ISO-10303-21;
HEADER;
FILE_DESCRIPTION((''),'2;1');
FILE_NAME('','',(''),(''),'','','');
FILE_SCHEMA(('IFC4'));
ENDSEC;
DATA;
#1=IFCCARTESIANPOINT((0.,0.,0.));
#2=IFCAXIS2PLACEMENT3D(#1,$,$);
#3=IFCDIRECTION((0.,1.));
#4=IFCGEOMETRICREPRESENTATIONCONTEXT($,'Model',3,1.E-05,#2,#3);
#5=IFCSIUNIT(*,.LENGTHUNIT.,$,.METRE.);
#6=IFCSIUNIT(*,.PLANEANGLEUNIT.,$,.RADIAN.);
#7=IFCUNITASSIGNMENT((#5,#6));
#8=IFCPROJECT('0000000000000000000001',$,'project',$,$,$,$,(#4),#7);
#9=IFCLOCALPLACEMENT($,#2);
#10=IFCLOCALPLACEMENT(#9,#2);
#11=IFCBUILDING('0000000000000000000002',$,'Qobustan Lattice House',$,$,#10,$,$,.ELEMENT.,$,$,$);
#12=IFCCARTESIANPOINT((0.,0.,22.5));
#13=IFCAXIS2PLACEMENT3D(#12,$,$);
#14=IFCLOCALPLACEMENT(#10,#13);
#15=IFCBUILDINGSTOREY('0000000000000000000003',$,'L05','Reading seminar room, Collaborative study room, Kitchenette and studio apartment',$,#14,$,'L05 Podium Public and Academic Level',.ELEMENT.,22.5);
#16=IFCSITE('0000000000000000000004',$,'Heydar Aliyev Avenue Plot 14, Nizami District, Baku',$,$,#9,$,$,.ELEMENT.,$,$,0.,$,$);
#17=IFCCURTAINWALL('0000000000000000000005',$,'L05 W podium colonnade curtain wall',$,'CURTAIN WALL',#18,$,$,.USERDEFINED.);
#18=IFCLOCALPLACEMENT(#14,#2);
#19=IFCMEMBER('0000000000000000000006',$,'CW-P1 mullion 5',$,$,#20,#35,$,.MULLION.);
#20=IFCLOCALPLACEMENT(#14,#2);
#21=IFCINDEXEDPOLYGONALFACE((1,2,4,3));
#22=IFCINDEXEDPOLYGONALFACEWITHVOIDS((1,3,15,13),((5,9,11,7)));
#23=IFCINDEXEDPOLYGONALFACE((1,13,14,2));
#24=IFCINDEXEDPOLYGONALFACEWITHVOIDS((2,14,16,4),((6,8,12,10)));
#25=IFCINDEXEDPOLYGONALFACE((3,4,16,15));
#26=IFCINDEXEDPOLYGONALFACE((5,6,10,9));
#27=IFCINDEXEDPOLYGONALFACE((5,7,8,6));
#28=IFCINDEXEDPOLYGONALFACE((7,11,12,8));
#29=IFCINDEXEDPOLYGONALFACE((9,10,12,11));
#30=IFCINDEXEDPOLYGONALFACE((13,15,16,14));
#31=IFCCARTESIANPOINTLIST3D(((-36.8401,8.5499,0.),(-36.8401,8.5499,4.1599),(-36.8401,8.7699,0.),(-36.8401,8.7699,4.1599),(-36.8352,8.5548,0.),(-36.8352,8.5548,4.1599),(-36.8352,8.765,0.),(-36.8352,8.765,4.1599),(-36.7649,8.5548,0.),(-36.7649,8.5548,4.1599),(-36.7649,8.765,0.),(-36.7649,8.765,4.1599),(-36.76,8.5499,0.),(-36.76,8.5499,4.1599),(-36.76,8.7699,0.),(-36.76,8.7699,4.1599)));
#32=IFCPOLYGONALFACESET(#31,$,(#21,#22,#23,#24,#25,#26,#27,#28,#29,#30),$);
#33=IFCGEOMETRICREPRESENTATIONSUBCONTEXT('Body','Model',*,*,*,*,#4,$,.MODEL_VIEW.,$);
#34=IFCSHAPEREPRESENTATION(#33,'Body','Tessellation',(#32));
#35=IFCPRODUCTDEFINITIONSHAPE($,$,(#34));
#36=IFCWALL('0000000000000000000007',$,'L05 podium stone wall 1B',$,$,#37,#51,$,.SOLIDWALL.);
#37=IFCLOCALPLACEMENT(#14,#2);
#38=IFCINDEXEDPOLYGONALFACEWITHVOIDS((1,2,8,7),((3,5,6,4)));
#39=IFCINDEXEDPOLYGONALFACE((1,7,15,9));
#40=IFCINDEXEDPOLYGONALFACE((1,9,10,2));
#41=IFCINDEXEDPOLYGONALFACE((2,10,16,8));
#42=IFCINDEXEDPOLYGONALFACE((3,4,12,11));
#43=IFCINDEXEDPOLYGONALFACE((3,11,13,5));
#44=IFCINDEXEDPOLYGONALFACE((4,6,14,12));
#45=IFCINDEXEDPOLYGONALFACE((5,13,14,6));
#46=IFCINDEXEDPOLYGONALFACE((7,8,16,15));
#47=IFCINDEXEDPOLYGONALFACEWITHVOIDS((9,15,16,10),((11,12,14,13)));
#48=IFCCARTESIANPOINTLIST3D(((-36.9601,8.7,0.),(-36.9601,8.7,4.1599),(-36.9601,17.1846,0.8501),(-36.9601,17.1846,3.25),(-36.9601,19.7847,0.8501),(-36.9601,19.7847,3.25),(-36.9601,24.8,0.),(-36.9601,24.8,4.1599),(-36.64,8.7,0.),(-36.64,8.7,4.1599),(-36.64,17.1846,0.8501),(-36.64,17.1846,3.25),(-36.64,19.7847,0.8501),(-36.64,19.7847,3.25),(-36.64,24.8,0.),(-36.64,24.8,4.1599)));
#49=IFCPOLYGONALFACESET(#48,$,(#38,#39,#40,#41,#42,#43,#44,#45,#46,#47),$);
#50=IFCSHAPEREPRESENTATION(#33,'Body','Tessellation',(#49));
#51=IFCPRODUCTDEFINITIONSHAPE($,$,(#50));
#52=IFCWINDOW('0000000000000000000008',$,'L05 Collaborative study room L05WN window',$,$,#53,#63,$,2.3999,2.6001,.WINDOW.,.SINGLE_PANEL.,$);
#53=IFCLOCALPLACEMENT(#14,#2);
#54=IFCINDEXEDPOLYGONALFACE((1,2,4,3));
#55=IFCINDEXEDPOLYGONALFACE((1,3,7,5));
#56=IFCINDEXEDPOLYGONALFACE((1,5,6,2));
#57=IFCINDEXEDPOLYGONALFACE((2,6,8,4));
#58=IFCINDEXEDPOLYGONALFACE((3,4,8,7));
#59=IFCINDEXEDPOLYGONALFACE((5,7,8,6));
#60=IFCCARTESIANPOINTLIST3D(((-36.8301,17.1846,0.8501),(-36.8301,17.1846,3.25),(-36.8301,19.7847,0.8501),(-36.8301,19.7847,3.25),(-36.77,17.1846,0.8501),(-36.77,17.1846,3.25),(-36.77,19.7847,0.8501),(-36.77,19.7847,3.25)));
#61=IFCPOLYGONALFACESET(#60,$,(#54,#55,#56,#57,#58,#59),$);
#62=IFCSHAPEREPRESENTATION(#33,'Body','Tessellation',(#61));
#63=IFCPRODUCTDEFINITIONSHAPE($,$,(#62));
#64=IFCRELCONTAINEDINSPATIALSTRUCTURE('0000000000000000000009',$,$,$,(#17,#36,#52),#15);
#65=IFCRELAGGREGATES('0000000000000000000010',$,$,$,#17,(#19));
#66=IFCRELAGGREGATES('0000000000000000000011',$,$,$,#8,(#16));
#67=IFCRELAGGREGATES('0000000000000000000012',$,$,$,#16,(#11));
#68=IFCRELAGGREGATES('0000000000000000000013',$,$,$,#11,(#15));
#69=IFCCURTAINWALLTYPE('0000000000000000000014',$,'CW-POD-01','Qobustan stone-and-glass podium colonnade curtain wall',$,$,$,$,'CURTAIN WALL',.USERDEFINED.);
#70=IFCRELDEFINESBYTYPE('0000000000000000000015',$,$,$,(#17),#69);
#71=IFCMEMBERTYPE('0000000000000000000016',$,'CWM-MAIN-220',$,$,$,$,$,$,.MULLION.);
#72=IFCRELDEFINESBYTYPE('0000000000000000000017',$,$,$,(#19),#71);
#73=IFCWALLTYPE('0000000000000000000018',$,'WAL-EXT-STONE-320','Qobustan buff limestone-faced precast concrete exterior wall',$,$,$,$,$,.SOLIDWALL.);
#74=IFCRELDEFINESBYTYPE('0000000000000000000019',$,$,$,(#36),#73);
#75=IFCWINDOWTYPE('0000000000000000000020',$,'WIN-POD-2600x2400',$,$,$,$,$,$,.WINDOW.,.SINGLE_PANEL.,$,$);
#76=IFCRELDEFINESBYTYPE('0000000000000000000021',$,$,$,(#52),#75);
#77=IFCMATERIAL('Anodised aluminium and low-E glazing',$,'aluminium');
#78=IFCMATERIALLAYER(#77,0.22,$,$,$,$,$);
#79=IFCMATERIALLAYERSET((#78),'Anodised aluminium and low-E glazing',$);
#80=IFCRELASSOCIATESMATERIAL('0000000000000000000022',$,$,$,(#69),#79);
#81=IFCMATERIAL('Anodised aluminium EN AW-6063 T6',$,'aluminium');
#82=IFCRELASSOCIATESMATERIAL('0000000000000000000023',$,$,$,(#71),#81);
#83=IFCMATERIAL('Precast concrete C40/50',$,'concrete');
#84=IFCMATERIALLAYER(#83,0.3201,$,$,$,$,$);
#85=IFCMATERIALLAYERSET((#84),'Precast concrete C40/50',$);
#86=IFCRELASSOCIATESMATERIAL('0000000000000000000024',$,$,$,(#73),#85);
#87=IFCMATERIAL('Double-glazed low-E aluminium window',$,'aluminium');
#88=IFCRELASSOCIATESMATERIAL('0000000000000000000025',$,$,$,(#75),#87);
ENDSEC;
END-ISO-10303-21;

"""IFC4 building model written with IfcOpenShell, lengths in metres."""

from ifc_helpers import new_model, si_unit, direction, frame, frame_2d, origin, origin_2d, place, context, subcontext, project, spatial, rectangle, hollow_rectangle, extrude, material, layer, layer_set, material_profile, profile_set, type_object, element, fill, aggregate, save


model = new_model("IFC4")

# Units and contexts
model_context = context("Model", 3, precision=1e-05, world=origin(), true_north=direction((0.0, 1.0)))
body_context = subcontext(model_context, "Body", "Model", "MODEL_VIEW")
ifc_project = project(units=[si_unit("LENGTHUNIT", "METRE"), si_unit("PLANEANGLEUNIT", "RADIAN")], contexts=[model_context])

# Site, building, storey
site_placement = place(None, origin())
site = spatial("IfcSite", under=ifc_project, at=site_placement, Name="Heydar Aliyev Avenue Plot 14, Nizami District, Baku", CompositionType="ELEMENT", RefElevation=0.0)
building_placement = place(site_placement, origin())
building = spatial("IfcBuilding", under=site, at=building_placement, Name="Qobustan Lattice House", CompositionType="ELEMENT")
storey_placement = place(building_placement, frame((0.0, 0.0, 22.5)))
storey = spatial("IfcBuildingStorey", under=building, at=storey_placement, Name="L05", Description="Reading seminar room, Collaborative study room, Kitchenette and studio apartment", LongName="L05 Podium Public and Academic Level", CompositionType="ELEMENT", Elevation=22.5)

# Curtain wall, member
ifc_material_1 = material(Name="Anodised aluminium and low-E glazing", Category="aluminium")
ifc_layer_1 = layer(ifc_material_1, 0.22)
ifc_layer_set_1 = layer_set([ifc_layer_1], Name="Anodised aluminium and low-E glazing")
curtain_wall_type = type_object("IfcCurtainWallType", Name="CW-POD-01", Description="Qobustan stone-and-glass podium colonnade curtain wall", ElementType="CURTAIN WALL", PredefinedType="USERDEFINED", material=ifc_layer_set_1)
curtain_wall_placement = place(storey_placement, origin())
curtain_wall = element("IfcCurtainWall", 1, at=curtain_wall_placement, inside=storey, type_object=curtain_wall_type, Name="L05 W podium colonnade curtain wall", ObjectType="CURTAIN WALL", PredefinedType="USERDEFINED")
ifc_material_2 = material(Name="Anodised aluminium EN AW-6063 T6", Category="aluminium")
ifc_material_profile_1 = material_profile(ifc_material_2, hollow_rectangle(XDim=0.0801, YDim=0.22, WallThickness=0.0049, at=origin_2d()), Name="CWM-220x80")
ifc_profile_set_1 = profile_set([ifc_material_profile_1], Name="Anodised aluminium EN AW-6063 T6")
member_type = type_object("IfcMemberType", Name="CWM-MAIN-220", PredefinedType="MULLION", material=ifc_profile_set_1)
member_placement = place(storey_placement, frame((-36.8, 8.6599, 0.0), z_axis=(0.0, 0.0, 1.0), x_axis=(-1.0, 0.0, 0.0)))
member = element("IfcMember", 2, at=member_placement, type_object=member_type, Name="CW-P1 mullion 5", PredefinedType="MULLION", context=body_context, shape_type="SweptSolid", body=[
    extrude(hollow_rectangle(XDim=0.0801, YDim=0.22, WallThickness=0.0049, at=origin_2d()), origin(), (0.0, 0.0, 1.0), 4.1599),
])
aggregate(curtain_wall, [member])

# Wall, opening, window
ifc_material_3 = material(Name="Precast concrete C40/50", Category="concrete")
ifc_layer_2 = layer(ifc_material_3, 0.3201)
ifc_layer_set_2 = layer_set([ifc_layer_2], Name="Precast concrete C40/50")
wall_type = type_object("IfcWallType", Name="WAL-EXT-STONE-320", Description="Qobustan buff limestone-faced precast concrete exterior wall", PredefinedType="SOLIDWALL", material=ifc_layer_set_2)
wall_placement = place(storey_placement, frame((-36.8, 8.7, 0.0), z_axis=(0.0, 0.0, 1.0), x_axis=(0.0, 1.0, 0.0)))
wall = element("IfcWall", 3, at=wall_placement, inside=storey, type_object=wall_type, Name="L05 podium stone wall 1B", PredefinedType="SOLIDWALL", context=body_context, shape_type="SweptSolid", body=[
    extrude(rectangle(XDim=16.1001, YDim=0.3201, at=frame_2d((8.05, 0.0))), origin(), (0.0, 0.0, 1.0), 4.1599),
])
opening_placement = place(wall_placement, frame((8.4846, 0.0, 0.8501)))
opening = element("IfcOpeningElement", 4, at=opening_placement, cuts=wall, PredefinedType="OPENING", context=body_context, shape_type="SweptSolid", body=[
    extrude(rectangle(XDim=2.6001, YDim=2.3999, at=frame_2d((1.3, 1.2))), frame((0.0, 0.1699, 0.0), z_axis=(0.0, -1.0, 0.0), x_axis=(1.0, 0.0, 0.0)), (0.0, 0.0, 1.0), 0.3401),
])
ifc_material_4 = material(Name="Double-glazed low-E aluminium window", Category="aluminium")
window_type = type_object("IfcWindowType", Name="WIN-POD-2600x2400", PartitioningType="SINGLE_PANEL", PredefinedType="WINDOW", material=ifc_material_4)
window_placement = place(opening_placement, origin())
window = element("IfcWindow", 5, at=window_placement, inside=storey, type_object=window_type, Name="L05 Collaborative study room L05WN window", OverallHeight=2.3999, OverallWidth=2.6001, PartitioningType="SINGLE_PANEL", PredefinedType="WINDOW", context=body_context, shape_type="SweptSolid", body=[
    extrude(rectangle(XDim=2.6001, YDim=2.3999, at=frame_2d((1.3, 1.2))), frame((0.0, 0.03, 0.0), z_axis=(0.0, -1.0, 0.0), x_axis=(1.0, 0.0, 0.0)), (0.0, 0.0, 1.0), 0.0601),
])
fill(opening, window)

save(model, "model.ifc")
